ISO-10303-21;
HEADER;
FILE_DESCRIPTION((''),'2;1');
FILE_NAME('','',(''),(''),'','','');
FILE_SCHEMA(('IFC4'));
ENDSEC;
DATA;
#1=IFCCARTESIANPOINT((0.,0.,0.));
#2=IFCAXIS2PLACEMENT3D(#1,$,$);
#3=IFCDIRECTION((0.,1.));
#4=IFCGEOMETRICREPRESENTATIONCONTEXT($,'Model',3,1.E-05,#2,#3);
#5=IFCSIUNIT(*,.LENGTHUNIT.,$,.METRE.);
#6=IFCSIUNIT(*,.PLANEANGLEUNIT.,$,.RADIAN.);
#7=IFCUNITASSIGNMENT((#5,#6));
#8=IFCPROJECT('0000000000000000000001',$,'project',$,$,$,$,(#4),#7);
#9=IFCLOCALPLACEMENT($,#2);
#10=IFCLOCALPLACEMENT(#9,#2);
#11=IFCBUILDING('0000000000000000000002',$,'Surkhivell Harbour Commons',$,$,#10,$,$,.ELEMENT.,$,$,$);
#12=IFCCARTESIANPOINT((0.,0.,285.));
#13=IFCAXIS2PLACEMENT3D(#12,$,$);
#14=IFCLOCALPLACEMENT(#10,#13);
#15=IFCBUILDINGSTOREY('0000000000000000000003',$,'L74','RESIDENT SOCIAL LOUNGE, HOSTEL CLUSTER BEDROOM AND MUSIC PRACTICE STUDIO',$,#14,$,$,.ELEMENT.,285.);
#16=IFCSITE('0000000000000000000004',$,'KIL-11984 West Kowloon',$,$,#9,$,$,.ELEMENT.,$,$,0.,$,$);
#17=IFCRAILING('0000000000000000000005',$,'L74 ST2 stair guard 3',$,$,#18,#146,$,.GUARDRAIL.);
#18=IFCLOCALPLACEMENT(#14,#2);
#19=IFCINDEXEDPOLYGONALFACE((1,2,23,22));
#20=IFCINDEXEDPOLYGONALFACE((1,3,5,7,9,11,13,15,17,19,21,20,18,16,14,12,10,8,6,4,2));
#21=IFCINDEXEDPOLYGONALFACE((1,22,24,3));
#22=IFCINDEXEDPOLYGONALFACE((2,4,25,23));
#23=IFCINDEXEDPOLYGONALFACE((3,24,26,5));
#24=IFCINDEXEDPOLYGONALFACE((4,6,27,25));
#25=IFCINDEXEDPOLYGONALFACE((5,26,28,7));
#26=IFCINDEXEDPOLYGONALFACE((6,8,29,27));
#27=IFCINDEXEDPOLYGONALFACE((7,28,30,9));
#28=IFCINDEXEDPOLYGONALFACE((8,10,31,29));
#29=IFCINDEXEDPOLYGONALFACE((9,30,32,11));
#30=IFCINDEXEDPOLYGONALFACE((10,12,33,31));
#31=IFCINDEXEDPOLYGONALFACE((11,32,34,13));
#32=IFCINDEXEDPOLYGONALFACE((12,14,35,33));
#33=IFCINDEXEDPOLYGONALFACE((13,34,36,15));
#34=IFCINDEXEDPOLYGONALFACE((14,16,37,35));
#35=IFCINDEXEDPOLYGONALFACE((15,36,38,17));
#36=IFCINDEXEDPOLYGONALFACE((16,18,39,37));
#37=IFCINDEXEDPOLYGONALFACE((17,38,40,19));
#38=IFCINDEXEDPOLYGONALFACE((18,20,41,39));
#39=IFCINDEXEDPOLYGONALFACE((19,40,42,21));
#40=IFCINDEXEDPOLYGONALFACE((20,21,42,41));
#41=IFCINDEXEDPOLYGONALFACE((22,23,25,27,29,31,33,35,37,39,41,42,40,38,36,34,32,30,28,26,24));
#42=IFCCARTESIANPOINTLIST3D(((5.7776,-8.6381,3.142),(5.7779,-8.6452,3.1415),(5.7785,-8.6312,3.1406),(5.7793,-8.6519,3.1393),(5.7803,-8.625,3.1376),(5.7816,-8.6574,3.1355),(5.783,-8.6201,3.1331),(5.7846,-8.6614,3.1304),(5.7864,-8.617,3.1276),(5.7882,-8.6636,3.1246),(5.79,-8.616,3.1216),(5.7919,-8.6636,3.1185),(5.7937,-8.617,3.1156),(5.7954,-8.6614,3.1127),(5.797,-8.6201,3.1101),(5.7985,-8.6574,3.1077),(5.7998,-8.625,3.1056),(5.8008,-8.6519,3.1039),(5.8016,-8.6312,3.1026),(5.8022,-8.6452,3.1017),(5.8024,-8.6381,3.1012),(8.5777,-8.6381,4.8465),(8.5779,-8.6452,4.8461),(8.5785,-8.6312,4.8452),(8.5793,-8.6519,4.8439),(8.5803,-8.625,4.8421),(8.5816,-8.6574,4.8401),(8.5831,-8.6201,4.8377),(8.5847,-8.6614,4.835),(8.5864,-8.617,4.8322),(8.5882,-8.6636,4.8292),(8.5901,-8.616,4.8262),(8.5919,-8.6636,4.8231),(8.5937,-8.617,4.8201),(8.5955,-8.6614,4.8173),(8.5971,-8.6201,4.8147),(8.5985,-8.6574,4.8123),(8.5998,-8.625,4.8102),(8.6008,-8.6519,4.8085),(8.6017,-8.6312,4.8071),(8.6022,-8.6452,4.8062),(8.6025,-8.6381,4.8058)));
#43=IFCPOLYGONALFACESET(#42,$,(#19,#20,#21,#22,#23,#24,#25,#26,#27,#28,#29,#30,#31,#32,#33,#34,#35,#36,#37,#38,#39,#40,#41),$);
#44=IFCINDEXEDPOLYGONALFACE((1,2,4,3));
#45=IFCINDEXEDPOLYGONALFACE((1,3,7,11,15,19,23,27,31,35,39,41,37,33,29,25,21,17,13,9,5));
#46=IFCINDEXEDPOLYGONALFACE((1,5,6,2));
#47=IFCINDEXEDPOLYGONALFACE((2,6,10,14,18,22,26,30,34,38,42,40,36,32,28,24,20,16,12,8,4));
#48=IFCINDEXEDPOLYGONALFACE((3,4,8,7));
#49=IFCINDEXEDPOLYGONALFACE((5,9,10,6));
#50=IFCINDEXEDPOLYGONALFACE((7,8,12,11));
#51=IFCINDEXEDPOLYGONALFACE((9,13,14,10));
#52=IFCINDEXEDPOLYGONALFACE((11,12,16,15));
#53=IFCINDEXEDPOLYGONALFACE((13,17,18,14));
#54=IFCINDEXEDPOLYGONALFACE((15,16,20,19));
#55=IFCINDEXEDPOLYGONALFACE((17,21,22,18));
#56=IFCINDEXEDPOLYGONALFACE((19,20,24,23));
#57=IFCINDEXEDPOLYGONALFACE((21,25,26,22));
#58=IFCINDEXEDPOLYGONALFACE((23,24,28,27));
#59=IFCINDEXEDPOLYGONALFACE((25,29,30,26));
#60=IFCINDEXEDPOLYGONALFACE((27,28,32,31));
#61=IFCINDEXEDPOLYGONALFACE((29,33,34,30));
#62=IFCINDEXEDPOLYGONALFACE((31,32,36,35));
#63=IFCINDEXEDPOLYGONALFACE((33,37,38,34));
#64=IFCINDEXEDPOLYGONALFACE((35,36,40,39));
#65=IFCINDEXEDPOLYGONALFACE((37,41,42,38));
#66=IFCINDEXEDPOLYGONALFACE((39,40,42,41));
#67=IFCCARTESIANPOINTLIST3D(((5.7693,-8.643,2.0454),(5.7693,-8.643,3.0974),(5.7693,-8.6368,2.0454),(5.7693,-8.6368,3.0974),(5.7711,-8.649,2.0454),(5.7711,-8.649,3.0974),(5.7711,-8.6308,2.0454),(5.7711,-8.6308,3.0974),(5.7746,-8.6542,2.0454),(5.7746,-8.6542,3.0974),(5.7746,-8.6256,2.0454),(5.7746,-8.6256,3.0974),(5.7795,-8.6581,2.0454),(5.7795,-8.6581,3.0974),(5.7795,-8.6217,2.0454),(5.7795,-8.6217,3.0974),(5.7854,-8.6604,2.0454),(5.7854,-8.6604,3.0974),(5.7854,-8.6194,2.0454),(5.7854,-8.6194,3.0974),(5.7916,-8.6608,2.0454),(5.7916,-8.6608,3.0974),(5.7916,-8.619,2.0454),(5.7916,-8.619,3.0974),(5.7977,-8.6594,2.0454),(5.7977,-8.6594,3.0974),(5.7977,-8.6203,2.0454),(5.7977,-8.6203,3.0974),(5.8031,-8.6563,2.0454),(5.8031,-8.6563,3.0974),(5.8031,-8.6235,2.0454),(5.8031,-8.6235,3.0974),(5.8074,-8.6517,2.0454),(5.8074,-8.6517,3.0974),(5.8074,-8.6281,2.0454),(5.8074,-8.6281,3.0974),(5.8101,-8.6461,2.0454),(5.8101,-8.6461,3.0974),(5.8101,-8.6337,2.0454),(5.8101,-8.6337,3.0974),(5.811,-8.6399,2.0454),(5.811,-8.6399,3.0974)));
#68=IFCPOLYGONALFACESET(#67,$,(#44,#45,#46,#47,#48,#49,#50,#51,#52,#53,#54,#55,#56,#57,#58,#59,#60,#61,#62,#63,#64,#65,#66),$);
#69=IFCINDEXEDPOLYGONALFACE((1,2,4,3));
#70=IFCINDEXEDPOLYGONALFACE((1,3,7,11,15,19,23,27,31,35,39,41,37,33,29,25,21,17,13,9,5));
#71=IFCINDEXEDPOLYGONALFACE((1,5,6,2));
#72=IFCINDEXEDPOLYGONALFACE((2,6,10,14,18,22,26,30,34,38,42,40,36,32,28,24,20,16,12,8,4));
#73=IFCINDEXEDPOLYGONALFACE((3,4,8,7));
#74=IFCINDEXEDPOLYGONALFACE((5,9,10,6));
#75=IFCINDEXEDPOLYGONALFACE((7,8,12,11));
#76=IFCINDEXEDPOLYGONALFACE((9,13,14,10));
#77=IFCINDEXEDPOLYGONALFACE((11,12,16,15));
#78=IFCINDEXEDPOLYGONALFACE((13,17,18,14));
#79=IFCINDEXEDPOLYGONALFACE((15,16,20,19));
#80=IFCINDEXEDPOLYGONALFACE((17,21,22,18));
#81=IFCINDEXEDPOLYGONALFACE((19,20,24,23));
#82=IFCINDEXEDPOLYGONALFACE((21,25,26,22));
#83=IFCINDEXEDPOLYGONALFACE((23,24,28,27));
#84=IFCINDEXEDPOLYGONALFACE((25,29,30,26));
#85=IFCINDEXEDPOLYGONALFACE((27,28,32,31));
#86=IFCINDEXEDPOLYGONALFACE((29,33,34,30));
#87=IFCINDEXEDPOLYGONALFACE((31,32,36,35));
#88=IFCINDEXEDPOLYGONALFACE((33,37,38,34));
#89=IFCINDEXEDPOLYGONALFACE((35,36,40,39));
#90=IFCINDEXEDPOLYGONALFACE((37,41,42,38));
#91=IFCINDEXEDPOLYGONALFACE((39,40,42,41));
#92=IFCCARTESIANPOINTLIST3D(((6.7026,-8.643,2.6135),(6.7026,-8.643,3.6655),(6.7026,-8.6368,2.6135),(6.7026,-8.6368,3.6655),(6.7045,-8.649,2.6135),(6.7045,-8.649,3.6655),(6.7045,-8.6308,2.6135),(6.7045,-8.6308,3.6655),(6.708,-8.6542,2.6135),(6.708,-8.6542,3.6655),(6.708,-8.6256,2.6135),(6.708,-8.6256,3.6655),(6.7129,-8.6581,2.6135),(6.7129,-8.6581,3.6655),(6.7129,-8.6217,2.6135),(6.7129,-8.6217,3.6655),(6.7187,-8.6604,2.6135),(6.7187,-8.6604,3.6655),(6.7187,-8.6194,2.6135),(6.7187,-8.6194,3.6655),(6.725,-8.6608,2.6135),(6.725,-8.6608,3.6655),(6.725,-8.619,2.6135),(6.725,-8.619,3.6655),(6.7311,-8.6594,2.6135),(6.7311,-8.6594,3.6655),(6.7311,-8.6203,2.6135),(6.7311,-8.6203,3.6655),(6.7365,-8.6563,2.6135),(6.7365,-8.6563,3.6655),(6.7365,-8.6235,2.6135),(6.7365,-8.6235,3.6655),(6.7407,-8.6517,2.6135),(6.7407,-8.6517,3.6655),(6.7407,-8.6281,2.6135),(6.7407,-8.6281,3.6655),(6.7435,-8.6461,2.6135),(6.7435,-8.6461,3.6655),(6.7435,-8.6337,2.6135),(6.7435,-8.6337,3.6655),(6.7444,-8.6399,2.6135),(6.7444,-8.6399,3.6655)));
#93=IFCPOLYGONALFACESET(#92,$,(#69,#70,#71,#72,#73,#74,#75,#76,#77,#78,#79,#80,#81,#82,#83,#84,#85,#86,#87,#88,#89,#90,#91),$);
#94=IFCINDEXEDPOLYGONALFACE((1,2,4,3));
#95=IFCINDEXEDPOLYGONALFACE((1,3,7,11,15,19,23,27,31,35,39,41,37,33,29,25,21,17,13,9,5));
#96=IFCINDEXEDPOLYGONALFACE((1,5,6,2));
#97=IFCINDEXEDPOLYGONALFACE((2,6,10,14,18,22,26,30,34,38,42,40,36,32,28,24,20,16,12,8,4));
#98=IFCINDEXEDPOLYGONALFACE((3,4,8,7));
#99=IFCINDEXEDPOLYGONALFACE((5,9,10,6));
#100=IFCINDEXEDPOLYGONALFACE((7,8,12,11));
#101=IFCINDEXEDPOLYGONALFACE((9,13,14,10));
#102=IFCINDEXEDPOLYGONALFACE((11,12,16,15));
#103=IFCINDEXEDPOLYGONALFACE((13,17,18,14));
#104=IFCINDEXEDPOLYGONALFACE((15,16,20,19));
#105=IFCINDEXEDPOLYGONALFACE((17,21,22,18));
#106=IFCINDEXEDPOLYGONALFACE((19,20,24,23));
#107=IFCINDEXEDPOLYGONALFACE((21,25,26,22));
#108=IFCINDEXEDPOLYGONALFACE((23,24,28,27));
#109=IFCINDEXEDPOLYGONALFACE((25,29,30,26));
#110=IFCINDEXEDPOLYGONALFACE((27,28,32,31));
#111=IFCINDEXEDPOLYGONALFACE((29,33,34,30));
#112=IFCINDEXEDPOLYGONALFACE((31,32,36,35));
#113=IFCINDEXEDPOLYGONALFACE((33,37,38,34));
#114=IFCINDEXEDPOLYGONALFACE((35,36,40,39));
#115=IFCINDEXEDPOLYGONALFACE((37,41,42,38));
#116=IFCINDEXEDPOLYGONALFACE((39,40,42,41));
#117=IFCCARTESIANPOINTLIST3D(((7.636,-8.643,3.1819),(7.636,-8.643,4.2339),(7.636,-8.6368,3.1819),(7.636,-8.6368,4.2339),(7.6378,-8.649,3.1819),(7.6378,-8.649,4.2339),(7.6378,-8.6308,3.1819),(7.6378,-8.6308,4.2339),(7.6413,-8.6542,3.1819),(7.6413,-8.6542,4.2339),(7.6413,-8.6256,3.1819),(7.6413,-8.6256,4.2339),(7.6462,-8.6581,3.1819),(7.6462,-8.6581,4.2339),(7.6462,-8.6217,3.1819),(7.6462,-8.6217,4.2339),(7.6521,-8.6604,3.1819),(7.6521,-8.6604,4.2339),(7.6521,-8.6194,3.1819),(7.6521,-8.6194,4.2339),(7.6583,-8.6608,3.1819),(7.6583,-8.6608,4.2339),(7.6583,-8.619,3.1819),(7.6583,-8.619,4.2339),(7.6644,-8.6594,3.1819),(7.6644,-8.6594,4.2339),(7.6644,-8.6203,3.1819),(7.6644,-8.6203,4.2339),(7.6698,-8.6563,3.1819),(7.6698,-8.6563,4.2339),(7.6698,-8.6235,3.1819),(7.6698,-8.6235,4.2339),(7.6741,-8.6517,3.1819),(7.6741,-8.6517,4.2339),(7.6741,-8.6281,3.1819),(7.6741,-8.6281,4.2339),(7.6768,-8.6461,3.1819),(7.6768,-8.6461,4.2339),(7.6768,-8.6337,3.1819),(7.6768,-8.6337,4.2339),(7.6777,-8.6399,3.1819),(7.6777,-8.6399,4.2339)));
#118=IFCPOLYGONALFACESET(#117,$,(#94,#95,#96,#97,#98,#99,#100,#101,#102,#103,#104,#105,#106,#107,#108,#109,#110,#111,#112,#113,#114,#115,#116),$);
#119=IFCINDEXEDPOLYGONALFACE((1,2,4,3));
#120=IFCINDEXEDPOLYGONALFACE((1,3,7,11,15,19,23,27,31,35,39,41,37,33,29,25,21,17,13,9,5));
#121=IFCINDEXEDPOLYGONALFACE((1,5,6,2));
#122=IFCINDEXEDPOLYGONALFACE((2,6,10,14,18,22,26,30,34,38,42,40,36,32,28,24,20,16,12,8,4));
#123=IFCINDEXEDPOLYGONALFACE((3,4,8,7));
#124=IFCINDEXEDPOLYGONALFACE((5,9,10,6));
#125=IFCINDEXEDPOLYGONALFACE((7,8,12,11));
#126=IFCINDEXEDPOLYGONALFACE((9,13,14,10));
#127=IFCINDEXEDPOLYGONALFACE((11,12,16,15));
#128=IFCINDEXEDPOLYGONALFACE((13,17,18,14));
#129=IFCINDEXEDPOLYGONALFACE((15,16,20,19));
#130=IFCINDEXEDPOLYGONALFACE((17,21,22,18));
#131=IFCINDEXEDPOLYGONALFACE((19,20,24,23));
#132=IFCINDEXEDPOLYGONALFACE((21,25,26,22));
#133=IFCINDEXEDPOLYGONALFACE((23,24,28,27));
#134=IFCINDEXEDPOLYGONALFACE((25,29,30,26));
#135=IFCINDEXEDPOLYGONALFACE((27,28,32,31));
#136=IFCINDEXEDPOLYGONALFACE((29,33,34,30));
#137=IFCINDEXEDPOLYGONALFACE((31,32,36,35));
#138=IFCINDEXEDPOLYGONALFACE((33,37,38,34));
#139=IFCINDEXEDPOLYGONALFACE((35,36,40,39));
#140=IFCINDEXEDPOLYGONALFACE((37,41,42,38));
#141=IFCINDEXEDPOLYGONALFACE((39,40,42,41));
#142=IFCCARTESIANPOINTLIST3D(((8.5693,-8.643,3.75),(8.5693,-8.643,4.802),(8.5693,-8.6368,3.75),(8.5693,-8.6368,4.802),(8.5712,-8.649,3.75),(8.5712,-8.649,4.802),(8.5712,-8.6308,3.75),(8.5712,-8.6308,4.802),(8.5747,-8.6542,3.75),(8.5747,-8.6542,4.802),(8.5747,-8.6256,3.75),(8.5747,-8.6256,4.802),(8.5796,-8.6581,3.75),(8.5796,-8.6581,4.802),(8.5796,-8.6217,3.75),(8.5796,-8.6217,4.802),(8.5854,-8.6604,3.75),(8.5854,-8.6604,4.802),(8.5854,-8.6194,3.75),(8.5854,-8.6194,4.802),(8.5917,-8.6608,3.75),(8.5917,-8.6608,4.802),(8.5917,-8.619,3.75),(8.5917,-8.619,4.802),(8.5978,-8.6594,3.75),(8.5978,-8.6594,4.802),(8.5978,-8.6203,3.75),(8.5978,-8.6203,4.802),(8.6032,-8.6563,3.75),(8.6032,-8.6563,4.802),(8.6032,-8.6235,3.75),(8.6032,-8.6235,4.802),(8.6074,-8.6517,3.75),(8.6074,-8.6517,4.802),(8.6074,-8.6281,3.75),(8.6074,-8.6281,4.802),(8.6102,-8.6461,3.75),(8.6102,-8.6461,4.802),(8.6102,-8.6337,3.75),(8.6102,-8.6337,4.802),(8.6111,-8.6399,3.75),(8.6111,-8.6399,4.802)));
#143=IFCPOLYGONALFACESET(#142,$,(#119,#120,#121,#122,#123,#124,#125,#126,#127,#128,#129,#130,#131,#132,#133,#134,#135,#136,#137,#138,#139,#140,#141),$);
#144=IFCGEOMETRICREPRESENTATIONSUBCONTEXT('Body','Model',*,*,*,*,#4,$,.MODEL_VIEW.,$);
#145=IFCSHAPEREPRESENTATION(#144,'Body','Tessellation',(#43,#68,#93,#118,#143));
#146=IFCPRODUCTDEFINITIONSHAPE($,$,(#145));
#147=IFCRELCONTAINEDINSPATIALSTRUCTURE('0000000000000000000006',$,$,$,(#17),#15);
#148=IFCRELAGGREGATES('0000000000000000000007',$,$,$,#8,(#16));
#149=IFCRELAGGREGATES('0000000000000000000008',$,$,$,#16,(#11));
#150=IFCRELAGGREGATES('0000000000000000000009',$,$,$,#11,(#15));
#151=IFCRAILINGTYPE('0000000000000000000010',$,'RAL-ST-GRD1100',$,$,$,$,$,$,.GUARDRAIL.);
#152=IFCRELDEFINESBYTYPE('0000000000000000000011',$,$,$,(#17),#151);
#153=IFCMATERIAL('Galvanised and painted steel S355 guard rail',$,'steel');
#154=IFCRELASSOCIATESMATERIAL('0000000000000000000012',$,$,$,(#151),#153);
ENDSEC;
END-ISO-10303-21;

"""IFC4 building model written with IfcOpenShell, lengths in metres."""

from ifc_helpers import new_model, si_unit, direction, frame, origin, origin_2d, place, context, subcontext, project, spatial, circle, extrude, material, type_object, element, save


model = new_model("IFC4")

# Units and contexts
model_context = context("Model", 3, precision=1e-05, world=origin(), true_north=direction((0.0, 1.0)))
body_context = subcontext(model_context, "Body", "Model", "MODEL_VIEW")
ifc_project = project(units=[si_unit("LENGTHUNIT", "METRE"), si_unit("PLANEANGLEUNIT", "RADIAN")], contexts=[model_context])

# Site, building, storey
site_placement = place(None, origin())
site = spatial("IfcSite", under=ifc_project, at=site_placement, Name="KIL-11984 West Kowloon", CompositionType="ELEMENT", RefElevation=0.0)
building_placement = place(site_placement, origin())
building = spatial("IfcBuilding", under=site, at=building_placement, Name="Surkhivell Harbour Commons", CompositionType="ELEMENT")
storey_placement = place(building_placement, frame((0.0, 0.0, 285.0)))
storey = spatial("IfcBuildingStorey", under=building, at=storey_placement, Name="L74", Description="RESIDENT SOCIAL LOUNGE, HOSTEL CLUSTER BEDROOM AND MUSIC PRACTICE STUDIO", CompositionType="ELEMENT", Elevation=285.0)

# Railing
ifc_material_1 = material(Name="Galvanised and painted steel S355 guard rail", Category="steel")
railing_type_1 = type_object("IfcRailingType", Name="RAL-ST-GRD1100", PredefinedType="GUARDRAIL", material=ifc_material_1)
railing_1_placement = place(storey_placement, frame((5.79, -8.6399, 2.0454)))
element("IfcRailing", 1, at=railing_1_placement, inside=storey, type_object=railing_type_1, Name="L74 ST2 stair guard 3", PredefinedType="GUARDRAIL", context=body_context, shape_type="SweptSolid", body=[
    extrude(circle(Radius=0.0239, at=origin_2d()), frame((0.0, 0.0, 1.0762), z_axis=(0.85417, 0.0, 0.519994), x_axis=(0.0, 1.0, 0.0)), (0.0, 0.0, 1.0), 3.2781),
    extrude(circle(Radius=0.021, at=origin_2d()), origin(), (0.0, 0.0, 1.0), 1.052),
    extrude(circle(Radius=0.021, at=origin_2d()), frame((0.9333, 0.0, 0.5681)), (0.0, 0.0, 1.0), 1.052),
    extrude(circle(Radius=0.021, at=origin_2d()), frame((1.8667, 0.0, 1.1365)), (0.0, 0.0, 1.0), 1.052),
    extrude(circle(Radius=0.021, at=origin_2d()), frame((2.8, 0.0, 1.7046)), (0.0, 0.0, 1.0), 1.052),
])

save(model, "model.ifc")
